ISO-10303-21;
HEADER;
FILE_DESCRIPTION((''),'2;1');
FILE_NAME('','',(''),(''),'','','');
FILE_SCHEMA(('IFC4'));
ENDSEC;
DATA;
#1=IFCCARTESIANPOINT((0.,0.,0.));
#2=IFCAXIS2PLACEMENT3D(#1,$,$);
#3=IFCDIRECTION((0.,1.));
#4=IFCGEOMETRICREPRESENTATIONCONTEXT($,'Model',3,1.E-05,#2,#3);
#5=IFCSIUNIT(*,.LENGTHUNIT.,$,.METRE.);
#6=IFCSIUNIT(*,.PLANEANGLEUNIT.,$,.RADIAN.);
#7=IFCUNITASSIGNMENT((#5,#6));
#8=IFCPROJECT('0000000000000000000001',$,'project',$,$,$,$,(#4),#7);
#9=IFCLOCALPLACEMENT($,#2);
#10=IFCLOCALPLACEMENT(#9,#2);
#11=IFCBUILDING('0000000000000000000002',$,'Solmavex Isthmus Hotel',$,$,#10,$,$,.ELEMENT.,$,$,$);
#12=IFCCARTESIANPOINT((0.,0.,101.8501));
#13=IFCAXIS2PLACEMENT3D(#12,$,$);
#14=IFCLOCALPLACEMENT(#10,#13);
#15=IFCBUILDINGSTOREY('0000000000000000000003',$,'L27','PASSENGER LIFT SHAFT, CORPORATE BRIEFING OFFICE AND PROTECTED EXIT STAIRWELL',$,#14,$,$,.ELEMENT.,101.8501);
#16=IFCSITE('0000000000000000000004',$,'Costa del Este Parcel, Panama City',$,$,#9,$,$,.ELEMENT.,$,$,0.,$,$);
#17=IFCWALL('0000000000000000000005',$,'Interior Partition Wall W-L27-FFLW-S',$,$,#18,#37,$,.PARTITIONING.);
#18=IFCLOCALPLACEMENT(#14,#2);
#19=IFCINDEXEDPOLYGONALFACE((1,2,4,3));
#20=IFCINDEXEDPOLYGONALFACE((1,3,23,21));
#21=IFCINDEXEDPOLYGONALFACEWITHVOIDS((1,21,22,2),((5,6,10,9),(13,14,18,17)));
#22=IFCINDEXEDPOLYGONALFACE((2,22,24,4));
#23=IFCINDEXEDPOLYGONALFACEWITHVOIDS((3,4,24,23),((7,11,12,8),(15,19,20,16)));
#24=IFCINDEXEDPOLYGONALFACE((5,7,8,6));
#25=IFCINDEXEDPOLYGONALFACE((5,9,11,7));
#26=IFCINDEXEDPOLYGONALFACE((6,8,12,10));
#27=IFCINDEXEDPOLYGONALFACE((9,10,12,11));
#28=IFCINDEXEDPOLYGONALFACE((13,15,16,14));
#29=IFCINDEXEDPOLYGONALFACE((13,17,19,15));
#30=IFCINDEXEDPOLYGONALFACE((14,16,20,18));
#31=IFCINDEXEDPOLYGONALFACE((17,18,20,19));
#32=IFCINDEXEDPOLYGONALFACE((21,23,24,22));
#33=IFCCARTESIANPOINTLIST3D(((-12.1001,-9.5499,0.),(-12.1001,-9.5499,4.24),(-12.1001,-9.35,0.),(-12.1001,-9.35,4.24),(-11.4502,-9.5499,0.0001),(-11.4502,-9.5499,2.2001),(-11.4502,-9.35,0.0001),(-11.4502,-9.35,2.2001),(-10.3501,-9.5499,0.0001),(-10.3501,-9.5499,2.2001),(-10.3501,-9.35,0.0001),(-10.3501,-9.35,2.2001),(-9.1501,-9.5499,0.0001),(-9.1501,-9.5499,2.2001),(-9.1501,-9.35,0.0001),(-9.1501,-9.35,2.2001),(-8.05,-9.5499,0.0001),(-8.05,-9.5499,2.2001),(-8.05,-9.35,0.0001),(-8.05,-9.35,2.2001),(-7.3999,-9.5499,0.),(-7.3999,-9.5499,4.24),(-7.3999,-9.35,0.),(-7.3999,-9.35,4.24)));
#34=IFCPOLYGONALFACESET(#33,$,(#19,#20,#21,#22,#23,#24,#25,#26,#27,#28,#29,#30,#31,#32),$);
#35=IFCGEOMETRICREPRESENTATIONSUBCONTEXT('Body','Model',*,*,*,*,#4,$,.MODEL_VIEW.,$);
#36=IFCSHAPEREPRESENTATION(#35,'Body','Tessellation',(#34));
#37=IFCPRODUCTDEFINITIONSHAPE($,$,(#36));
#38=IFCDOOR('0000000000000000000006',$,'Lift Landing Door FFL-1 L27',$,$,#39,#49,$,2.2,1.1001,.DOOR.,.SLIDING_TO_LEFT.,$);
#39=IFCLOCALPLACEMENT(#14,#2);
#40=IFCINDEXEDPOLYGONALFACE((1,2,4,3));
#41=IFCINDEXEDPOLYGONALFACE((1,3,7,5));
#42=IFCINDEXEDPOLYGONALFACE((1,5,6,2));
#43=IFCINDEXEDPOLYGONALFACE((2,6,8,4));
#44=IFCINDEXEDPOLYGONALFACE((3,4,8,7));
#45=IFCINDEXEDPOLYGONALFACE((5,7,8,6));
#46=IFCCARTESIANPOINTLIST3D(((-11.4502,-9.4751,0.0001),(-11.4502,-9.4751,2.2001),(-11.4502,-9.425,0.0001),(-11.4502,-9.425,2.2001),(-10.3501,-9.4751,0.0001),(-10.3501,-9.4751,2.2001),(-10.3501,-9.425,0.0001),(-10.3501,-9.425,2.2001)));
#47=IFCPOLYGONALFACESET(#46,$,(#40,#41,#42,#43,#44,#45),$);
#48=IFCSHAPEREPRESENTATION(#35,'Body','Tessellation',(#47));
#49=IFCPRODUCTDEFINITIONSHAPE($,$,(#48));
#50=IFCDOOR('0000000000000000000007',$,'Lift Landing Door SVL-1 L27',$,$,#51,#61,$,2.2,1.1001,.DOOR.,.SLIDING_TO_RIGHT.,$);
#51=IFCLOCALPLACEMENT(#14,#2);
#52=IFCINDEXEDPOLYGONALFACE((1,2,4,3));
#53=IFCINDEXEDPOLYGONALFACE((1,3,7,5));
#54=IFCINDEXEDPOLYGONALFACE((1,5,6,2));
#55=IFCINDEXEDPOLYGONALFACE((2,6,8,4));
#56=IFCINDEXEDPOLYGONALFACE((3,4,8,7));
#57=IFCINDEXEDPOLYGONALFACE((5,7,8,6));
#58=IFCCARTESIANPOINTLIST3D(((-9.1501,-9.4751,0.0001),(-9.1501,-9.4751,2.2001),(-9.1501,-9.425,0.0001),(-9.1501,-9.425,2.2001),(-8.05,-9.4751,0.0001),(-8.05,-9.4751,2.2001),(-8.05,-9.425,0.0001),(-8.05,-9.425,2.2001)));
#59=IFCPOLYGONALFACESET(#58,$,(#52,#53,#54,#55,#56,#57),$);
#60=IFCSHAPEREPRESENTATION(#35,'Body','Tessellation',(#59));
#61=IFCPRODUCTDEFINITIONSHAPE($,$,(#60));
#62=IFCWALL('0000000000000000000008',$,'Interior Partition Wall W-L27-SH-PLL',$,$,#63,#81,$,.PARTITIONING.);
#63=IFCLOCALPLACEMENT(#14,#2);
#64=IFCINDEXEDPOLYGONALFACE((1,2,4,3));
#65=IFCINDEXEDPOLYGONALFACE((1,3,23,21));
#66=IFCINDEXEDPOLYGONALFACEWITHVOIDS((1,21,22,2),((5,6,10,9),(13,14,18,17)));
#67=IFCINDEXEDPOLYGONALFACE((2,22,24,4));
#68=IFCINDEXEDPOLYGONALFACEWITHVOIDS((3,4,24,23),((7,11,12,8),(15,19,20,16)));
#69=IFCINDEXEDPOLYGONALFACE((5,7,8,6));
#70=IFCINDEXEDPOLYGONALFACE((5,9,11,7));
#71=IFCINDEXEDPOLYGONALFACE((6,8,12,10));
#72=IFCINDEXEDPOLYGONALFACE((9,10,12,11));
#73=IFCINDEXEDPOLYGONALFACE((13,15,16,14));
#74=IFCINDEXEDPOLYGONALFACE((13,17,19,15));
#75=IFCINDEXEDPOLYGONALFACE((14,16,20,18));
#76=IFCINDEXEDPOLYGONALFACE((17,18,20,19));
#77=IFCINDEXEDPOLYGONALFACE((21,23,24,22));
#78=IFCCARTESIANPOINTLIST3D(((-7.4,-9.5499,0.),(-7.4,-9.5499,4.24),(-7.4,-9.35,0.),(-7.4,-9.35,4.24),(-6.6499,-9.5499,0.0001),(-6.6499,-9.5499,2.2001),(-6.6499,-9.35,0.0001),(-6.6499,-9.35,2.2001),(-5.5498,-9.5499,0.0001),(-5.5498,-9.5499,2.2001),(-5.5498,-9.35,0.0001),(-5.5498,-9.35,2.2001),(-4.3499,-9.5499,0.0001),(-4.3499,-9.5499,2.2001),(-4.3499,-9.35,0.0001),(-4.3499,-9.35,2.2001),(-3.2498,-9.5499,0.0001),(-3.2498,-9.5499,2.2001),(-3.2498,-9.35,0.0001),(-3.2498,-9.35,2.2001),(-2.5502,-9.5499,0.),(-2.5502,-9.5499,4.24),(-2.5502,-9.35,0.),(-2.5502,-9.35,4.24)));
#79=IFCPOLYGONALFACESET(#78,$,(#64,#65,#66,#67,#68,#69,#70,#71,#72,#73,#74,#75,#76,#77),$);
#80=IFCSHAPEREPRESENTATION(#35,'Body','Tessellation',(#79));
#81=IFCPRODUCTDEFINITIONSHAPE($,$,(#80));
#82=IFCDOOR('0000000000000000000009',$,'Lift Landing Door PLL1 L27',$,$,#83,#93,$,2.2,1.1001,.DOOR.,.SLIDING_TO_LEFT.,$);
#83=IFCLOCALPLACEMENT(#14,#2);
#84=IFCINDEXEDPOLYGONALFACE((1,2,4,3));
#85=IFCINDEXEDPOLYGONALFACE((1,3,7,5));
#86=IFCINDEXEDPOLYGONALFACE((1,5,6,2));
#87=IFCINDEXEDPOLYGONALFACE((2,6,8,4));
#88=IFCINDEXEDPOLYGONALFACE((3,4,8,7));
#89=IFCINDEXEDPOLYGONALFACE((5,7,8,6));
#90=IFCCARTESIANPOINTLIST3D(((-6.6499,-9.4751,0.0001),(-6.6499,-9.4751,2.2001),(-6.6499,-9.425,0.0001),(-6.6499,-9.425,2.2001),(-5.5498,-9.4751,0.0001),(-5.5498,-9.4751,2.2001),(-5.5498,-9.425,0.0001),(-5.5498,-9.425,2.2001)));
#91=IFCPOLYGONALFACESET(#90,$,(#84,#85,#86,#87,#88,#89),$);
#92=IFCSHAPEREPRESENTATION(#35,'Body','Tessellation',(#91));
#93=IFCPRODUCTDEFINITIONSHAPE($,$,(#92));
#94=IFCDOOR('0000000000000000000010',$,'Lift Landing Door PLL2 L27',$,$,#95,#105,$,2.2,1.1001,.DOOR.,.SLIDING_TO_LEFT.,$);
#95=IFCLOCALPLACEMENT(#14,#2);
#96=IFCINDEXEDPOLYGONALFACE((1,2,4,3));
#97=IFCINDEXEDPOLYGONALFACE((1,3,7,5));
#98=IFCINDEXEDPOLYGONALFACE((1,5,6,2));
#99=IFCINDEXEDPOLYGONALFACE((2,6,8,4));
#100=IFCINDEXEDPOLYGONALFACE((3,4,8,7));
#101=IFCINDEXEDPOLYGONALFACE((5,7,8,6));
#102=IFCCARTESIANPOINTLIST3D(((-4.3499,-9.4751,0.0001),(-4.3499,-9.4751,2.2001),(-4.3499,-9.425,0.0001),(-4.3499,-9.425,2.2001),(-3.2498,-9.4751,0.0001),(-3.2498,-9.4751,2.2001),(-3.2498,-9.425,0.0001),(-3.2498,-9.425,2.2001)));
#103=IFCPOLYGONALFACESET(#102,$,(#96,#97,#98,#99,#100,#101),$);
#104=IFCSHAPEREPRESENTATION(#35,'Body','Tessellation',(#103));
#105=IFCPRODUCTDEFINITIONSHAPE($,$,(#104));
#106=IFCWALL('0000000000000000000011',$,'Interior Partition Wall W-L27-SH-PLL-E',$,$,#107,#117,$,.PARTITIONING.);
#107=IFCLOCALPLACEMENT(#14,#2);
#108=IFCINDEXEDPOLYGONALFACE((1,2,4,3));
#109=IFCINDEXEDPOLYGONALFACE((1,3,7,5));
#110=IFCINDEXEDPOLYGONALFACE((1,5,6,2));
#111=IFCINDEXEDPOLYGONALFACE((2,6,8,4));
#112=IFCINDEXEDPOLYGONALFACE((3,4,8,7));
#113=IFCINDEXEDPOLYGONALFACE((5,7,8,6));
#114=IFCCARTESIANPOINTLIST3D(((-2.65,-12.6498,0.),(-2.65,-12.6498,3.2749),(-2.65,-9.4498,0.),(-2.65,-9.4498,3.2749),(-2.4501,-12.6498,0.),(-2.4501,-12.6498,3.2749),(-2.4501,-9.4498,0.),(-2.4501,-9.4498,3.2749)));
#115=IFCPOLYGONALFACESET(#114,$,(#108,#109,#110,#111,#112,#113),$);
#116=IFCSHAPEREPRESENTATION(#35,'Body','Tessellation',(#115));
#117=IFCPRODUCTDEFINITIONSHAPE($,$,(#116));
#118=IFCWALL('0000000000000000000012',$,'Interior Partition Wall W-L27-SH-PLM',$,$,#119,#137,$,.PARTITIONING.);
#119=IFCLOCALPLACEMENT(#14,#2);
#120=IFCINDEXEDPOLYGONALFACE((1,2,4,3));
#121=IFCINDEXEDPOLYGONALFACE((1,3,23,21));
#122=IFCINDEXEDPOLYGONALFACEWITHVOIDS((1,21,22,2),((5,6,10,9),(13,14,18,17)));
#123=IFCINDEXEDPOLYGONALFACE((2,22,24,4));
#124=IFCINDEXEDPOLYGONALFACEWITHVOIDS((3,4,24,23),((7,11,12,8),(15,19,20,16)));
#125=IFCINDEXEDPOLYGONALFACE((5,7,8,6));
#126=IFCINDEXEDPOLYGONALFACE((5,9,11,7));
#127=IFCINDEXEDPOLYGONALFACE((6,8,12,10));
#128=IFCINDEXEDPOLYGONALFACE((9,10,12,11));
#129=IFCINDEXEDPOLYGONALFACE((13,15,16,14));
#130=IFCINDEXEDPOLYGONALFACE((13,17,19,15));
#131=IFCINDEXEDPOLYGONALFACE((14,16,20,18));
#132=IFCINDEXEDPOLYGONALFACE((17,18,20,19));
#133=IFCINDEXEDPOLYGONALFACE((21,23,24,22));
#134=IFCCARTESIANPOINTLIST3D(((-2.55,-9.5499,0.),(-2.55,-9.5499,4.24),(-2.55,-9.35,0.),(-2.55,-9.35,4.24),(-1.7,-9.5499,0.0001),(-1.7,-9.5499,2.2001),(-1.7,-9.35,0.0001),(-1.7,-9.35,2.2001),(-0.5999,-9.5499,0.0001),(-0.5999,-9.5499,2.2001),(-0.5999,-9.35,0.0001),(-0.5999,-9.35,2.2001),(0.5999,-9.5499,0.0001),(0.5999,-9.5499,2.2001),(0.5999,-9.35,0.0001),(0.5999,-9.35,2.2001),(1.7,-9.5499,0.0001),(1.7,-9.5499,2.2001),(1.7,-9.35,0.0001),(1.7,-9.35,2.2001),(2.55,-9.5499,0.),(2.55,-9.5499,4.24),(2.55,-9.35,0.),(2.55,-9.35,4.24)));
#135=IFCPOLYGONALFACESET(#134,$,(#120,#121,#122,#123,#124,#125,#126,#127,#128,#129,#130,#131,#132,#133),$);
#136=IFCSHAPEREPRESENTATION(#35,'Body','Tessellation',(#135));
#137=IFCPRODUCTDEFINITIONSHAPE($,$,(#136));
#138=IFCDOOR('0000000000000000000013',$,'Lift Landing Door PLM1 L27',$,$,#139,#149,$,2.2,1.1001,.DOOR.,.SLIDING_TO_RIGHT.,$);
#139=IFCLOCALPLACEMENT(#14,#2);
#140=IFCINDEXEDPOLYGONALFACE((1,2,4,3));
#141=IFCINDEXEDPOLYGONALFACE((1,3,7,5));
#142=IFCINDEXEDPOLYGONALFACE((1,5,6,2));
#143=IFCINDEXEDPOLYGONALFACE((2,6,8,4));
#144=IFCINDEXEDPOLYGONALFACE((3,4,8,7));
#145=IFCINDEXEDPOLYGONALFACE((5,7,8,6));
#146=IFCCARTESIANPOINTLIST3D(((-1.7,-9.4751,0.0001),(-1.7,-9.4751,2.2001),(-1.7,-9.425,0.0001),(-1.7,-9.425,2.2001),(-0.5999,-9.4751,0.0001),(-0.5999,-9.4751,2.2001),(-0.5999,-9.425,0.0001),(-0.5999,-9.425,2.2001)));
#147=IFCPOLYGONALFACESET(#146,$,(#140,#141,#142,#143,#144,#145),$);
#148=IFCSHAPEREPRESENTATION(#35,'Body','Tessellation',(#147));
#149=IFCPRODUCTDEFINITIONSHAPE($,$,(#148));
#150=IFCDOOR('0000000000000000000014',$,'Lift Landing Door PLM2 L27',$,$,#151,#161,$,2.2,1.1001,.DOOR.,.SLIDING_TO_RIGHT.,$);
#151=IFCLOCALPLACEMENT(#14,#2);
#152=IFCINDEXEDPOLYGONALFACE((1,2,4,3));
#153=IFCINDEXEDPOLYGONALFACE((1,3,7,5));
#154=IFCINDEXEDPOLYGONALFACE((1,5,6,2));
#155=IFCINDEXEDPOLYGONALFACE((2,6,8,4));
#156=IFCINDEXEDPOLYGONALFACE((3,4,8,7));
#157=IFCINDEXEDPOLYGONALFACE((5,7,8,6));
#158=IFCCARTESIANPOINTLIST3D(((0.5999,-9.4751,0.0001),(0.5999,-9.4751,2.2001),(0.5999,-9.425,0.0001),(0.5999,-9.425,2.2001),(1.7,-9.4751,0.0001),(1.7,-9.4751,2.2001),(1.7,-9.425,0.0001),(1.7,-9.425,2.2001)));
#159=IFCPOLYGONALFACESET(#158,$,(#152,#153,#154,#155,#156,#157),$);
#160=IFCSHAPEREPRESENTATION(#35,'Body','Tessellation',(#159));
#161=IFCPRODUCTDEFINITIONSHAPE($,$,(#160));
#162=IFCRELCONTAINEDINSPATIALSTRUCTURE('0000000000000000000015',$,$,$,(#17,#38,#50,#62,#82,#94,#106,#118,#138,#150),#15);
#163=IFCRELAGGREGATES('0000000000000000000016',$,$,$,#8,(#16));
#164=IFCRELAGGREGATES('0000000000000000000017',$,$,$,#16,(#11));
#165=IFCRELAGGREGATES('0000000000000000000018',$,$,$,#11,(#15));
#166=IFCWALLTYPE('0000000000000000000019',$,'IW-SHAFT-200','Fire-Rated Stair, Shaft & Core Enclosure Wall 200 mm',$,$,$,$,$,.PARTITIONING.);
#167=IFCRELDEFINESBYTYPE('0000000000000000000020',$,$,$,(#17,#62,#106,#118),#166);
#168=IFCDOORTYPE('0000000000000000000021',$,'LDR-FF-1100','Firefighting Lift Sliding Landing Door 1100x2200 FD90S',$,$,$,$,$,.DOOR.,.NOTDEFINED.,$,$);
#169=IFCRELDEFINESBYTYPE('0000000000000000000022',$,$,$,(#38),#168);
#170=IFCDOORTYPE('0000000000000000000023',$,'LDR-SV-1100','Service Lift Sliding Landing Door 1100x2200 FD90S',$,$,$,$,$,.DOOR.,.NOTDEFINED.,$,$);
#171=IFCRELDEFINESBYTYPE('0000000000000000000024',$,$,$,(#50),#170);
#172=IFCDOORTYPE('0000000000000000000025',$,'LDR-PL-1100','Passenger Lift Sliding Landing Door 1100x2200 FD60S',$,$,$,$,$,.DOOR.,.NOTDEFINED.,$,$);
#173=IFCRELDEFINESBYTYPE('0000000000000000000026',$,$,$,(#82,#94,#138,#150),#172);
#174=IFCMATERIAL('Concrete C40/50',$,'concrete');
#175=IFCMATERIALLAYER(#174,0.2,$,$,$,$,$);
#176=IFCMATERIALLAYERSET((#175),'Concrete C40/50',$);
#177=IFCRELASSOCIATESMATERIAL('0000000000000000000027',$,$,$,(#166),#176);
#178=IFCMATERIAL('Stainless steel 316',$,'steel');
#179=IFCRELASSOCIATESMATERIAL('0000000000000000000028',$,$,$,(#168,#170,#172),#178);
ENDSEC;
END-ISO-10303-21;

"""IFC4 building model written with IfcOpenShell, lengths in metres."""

from ifc_helpers import new_model, si_unit, direction, frame, frame_2d, origin, place, context, subcontext, project, spatial, rectangle, extrude, material, layer, layer_set, type_object, element, fill, save


model = new_model("IFC4")

# Units and contexts
model_context = context("Model", 3, precision=1e-05, world=origin(), true_north=direction((0.0, 1.0)))
body_context = subcontext(model_context, "Body", "Model", "MODEL_VIEW")
ifc_project = project(units=[si_unit("LENGTHUNIT", "METRE"), si_unit("PLANEANGLEUNIT", "RADIAN")], contexts=[model_context])

# Site, building, storey
site_placement = place(None, origin())
site = spatial("IfcSite", under=ifc_project, at=site_placement, Name="Costa del Este Parcel, Panama City", CompositionType="ELEMENT", RefElevation=0.0)
building_placement = place(site_placement, origin())
building = spatial("IfcBuilding", under=site, at=building_placement, Name="Solmavex Isthmus Hotel", CompositionType="ELEMENT")
storey_placement = place(building_placement, frame((0.0, 0.0, 101.8501)))
storey = spatial("IfcBuildingStorey", under=building, at=storey_placement, Name="L27", Description="PASSENGER LIFT SHAFT, CORPORATE BRIEFING OFFICE AND PROTECTED EXIT STAIRWELL", CompositionType="ELEMENT", Elevation=101.8501)

# Shared definitions
ifc_material_1 = material(Name="Concrete C40/50", Category="concrete")

# Shared definitions
ifc_layer_1 = layer(ifc_material_1, 0.2)
ifc_layer_set_1 = layer_set([ifc_layer_1], Name="Concrete C40/50")
wall_type_1 = type_object("IfcWallType", Name="IW-SHAFT-200", Description="Fire-Rated Stair, Shaft & Core Enclosure Wall 200 mm", PredefinedType="PARTITIONING", material=ifc_layer_set_1)

# Walls, openings, doors
wall_1_placement = place(storey_placement, frame((-12.1001, -9.45, 0.0), z_axis=(0.0, 0.0, 1.0), x_axis=(1.0, 0.0, 0.0)))
wall_1 = element("IfcWall", 1, at=wall_1_placement, inside=storey, type_object=wall_type_1, Name="Interior Partition Wall W-L27-FFLW-S", PredefinedType="PARTITIONING", context=body_context, shape_type="SweptSolid", body=[
    extrude(rectangle(XDim=4.7002, YDim=0.2, at=frame_2d((2.3501, 0.0))), origin(), (0.0, 0.0, 1.0), 4.24),
])
opening_1_placement = place(wall_1_placement, frame((0.6499, 0.0, 0.0)))
opening_1 = element("IfcOpeningElement", 2, at=opening_1_placement, cuts=wall_1, PredefinedType="OPENING", context=body_context, shape_type="SweptSolid", body=[
    extrude(rectangle(XDim=1.1001, YDim=2.2, at=frame_2d((0.55, 1.1001))), frame((0.0, 0.1099, 0.0), z_axis=(0.0, -1.0, 0.0), x_axis=(1.0, 0.0, 0.0)), (0.0, 0.0, 1.0), 0.22),
])
opening_2_placement = place(wall_1_placement, frame((2.95, 0.0, 0.0)))
opening_2 = element("IfcOpeningElement", 3, at=opening_2_placement, cuts=wall_1, PredefinedType="OPENING", context=body_context, shape_type="SweptSolid", body=[
    extrude(rectangle(XDim=1.1001, YDim=2.2, at=frame_2d((0.55, 1.1001))), frame((0.0, 0.1099, 0.0), z_axis=(0.0, -1.0, 0.0), x_axis=(1.0, 0.0, 0.0)), (0.0, 0.0, 1.0), 0.22),
])
ifc_material_2 = material(Name="Stainless steel 316", Category="steel")
door_type_1 = type_object("IfcDoorType", Name="LDR-FF-1100", Description="Firefighting Lift Sliding Landing Door 1100x2200 FD90S", OperationType="NOTDEFINED", PredefinedType="DOOR", material=ifc_material_2)
door_1_placement = place(opening_1_placement, origin())
door_1 = element("IfcDoor", 4, at=door_1_placement, inside=storey, type_object=door_type_1, Name="Lift Landing Door FFL-1 L27", OperationType="SLIDING_TO_LEFT", OverallHeight=2.2, OverallWidth=1.1001, PredefinedType="DOOR", context=body_context, shape_type="SweptSolid", body=[
    extrude(rectangle(XDim=1.1001, YDim=2.2, at=frame_2d((0.55, 1.1001))), frame((0.0, 0.0249, 0.0), z_axis=(0.0, -1.0, 0.0), x_axis=(1.0, 0.0, 0.0)), (0.0, 0.0, 1.0), 0.05),
])
fill(opening_1, door_1)
door_type_2 = type_object("IfcDoorType", Name="LDR-SV-1100", Description="Service Lift Sliding Landing Door 1100x2200 FD90S", OperationType="NOTDEFINED", PredefinedType="DOOR", material=ifc_material_2)
door_2_placement = place(opening_2_placement, origin())
door_2 = element("IfcDoor", 5, at=door_2_placement, inside=storey, type_object=door_type_2, Name="Lift Landing Door SVL-1 L27", OperationType="SLIDING_TO_RIGHT", OverallHeight=2.2, OverallWidth=1.1001, PredefinedType="DOOR", context=body_context, shape_type="SweptSolid", body=[
    extrude(rectangle(XDim=1.1001, YDim=2.2, at=frame_2d((0.55, 1.1001))), frame((0.0, 0.0249, 0.0), z_axis=(0.0, -1.0, 0.0), x_axis=(1.0, 0.0, 0.0)), (0.0, 0.0, 1.0), 0.05),
])
fill(opening_2, door_2)
wall_2_placement = place(storey_placement, frame((-7.3999, -9.45, 0.0), z_axis=(0.0, 0.0, 1.0), x_axis=(1.0, 0.0, 0.0)))
wall_2 = element("IfcWall", 6, at=wall_2_placement, inside=storey, type_object=wall_type_1, Name="Interior Partition Wall W-L27-SH-PLL", PredefinedType="PARTITIONING", context=body_context, shape_type="SweptSolid", body=[
    extrude(rectangle(XDim=4.8499, YDim=0.2, at=frame_2d((2.4248, 0.0))), origin(), (0.0, 0.0, 1.0), 4.24),
])
opening_3_placement = place(wall_2_placement, frame((0.75, 0.0, 0.0)))
opening_3 = element("IfcOpeningElement", 7, at=opening_3_placement, cuts=wall_2, PredefinedType="OPENING", context=body_context, shape_type="SweptSolid", body=[
    extrude(rectangle(XDim=1.1001, YDim=2.2, at=frame_2d((0.55, 1.1001))), frame((0.0, 0.1099, 0.0), z_axis=(0.0, -1.0, 0.0), x_axis=(1.0, 0.0, 0.0)), (0.0, 0.0, 1.0), 0.22),
])
opening_4_placement = place(wall_2_placement, frame((3.05, 0.0, 0.0)))
opening_4 = element("IfcOpeningElement", 8, at=opening_4_placement, cuts=wall_2, PredefinedType="OPENING", context=body_context, shape_type="SweptSolid", body=[
    extrude(rectangle(XDim=1.1001, YDim=2.2, at=frame_2d((0.55, 1.1001))), frame((0.0, 0.1099, 0.0), z_axis=(0.0, -1.0, 0.0), x_axis=(1.0, 0.0, 0.0)), (0.0, 0.0, 1.0), 0.22),
])
door_type_3 = type_object("IfcDoorType", Name="LDR-PL-1100", Description="Passenger Lift Sliding Landing Door 1100x2200 FD60S", OperationType="NOTDEFINED", PredefinedType="DOOR", material=ifc_material_2)
door_3_placement = place(opening_3_placement, origin())
door_3 = element("IfcDoor", 9, at=door_3_placement, inside=storey, type_object=door_type_3, Name="Lift Landing Door PLL1 L27", OperationType="SLIDING_TO_LEFT", OverallHeight=2.2, OverallWidth=1.1001, PredefinedType="DOOR", context=body_context, shape_type="SweptSolid", body=[
    extrude(rectangle(XDim=1.1001, YDim=2.2, at=frame_2d((0.55, 1.1001))), frame((0.0, 0.0249, 0.0), z_axis=(0.0, -1.0, 0.0), x_axis=(1.0, 0.0, 0.0)), (0.0, 0.0, 1.0), 0.05),
])
fill(opening_3, door_3)
door_4_placement = place(opening_4_placement, origin())
door_4 = element("IfcDoor", 10, at=door_4_placement, inside=storey, type_object=door_type_3, Name="Lift Landing Door PLL2 L27", OperationType="SLIDING_TO_LEFT", OverallHeight=2.2, OverallWidth=1.1001, PredefinedType="DOOR", context=body_context, shape_type="SweptSolid", body=[
    extrude(rectangle(XDim=1.1001, YDim=2.2, at=frame_2d((0.55, 1.1001))), frame((0.0, 0.0249, 0.0), z_axis=(0.0, -1.0, 0.0), x_axis=(1.0, 0.0, 0.0)), (0.0, 0.0, 1.0), 0.05),
])
fill(opening_4, door_4)

# Wall
wall_3_placement = place(storey_placement, frame((-2.55, -12.6499, 0.0), z_axis=(0.0, 0.0, 1.0), x_axis=(0.0, 1.0, 0.0)))
element("IfcWall", 11, at=wall_3_placement, inside=storey, type_object=wall_type_1, Name="Interior Partition Wall W-L27-SH-PLL-E", PredefinedType="PARTITIONING", context=body_context, shape_type="SweptSolid", body=[
    extrude(rectangle(XDim=3.2, YDim=0.2, at=frame_2d((1.6001, 0.0))), origin(), (0.0, 0.0, 1.0), 3.2749),
])

# Wall, openings, doors
wall_4_placement = place(storey_placement, frame((-2.55, -9.45, 0.0), z_axis=(0.0, 0.0, 1.0), x_axis=(1.0, 0.0, 0.0)))
wall_4 = element("IfcWall", 12, at=wall_4_placement, inside=storey, type_object=wall_type_1, Name="Interior Partition Wall W-L27-SH-PLM", PredefinedType="PARTITIONING", context=body_context, shape_type="SweptSolid", body=[
    extrude(rectangle(XDim=5.1001, YDim=0.2, at=frame_2d((2.55, 0.0))), origin(), (0.0, 0.0, 1.0), 4.24),
])
opening_5_placement = place(wall_4_placement, frame((0.8501, 0.0, 0.0)))
opening_5 = element("IfcOpeningElement", 13, at=opening_5_placement, cuts=wall_4, PredefinedType="OPENING", context=body_context, shape_type="SweptSolid", body=[
    extrude(rectangle(XDim=1.1001, YDim=2.2, at=frame_2d((0.55, 1.1001))), frame((0.0, 0.1099, 0.0), z_axis=(0.0, -1.0, 0.0), x_axis=(1.0, 0.0, 0.0)), (0.0, 0.0, 1.0), 0.22),
])
opening_6_placement = place(wall_4_placement, frame((3.1499, 0.0, 0.0)))
opening_6 = element("IfcOpeningElement", 14, at=opening_6_placement, cuts=wall_4, PredefinedType="OPENING", context=body_context, shape_type="SweptSolid", body=[
    extrude(rectangle(XDim=1.1001, YDim=2.2, at=frame_2d((0.55, 1.1001))), frame((0.0, 0.1099, 0.0), z_axis=(0.0, -1.0, 0.0), x_axis=(1.0, 0.0, 0.0)), (0.0, 0.0, 1.0), 0.22),
])
door_5_placement = place(opening_5_placement, origin())
door_5 = element("IfcDoor", 15, at=door_5_placement, inside=storey, type_object=door_type_3, Name="Lift Landing Door PLM1 L27", OperationType="SLIDING_TO_RIGHT", OverallHeight=2.2, OverallWidth=1.1001, PredefinedType="DOOR", context=body_context, shape_type="SweptSolid", body=[
    extrude(rectangle(XDim=1.1001, YDim=2.2, at=frame_2d((0.55, 1.1001))), frame((0.0, 0.0249, 0.0), z_axis=(0.0, -1.0, 0.0), x_axis=(1.0, 0.0, 0.0)), (0.0, 0.0, 1.0), 0.05),
])
fill(opening_5, door_5)
door_6_placement = place(opening_6_placement, origin())
door_6 = element("IfcDoor", 16, at=door_6_placement, inside=storey, type_object=door_type_3, Name="Lift Landing Door PLM2 L27", OperationType="SLIDING_TO_RIGHT", OverallHeight=2.2, OverallWidth=1.1001, PredefinedType="DOOR", context=body_context, shape_type="SweptSolid", body=[
    extrude(rectangle(XDim=1.1001, YDim=2.2, at=frame_2d((0.55, 1.1001))), frame((0.0, 0.0249, 0.0), z_axis=(0.0, -1.0, 0.0), x_axis=(1.0, 0.0, 0.0)), (0.0, 0.0, 1.0), 0.05),
])
fill(opening_6, door_6)

save(model, "model.ifc")
